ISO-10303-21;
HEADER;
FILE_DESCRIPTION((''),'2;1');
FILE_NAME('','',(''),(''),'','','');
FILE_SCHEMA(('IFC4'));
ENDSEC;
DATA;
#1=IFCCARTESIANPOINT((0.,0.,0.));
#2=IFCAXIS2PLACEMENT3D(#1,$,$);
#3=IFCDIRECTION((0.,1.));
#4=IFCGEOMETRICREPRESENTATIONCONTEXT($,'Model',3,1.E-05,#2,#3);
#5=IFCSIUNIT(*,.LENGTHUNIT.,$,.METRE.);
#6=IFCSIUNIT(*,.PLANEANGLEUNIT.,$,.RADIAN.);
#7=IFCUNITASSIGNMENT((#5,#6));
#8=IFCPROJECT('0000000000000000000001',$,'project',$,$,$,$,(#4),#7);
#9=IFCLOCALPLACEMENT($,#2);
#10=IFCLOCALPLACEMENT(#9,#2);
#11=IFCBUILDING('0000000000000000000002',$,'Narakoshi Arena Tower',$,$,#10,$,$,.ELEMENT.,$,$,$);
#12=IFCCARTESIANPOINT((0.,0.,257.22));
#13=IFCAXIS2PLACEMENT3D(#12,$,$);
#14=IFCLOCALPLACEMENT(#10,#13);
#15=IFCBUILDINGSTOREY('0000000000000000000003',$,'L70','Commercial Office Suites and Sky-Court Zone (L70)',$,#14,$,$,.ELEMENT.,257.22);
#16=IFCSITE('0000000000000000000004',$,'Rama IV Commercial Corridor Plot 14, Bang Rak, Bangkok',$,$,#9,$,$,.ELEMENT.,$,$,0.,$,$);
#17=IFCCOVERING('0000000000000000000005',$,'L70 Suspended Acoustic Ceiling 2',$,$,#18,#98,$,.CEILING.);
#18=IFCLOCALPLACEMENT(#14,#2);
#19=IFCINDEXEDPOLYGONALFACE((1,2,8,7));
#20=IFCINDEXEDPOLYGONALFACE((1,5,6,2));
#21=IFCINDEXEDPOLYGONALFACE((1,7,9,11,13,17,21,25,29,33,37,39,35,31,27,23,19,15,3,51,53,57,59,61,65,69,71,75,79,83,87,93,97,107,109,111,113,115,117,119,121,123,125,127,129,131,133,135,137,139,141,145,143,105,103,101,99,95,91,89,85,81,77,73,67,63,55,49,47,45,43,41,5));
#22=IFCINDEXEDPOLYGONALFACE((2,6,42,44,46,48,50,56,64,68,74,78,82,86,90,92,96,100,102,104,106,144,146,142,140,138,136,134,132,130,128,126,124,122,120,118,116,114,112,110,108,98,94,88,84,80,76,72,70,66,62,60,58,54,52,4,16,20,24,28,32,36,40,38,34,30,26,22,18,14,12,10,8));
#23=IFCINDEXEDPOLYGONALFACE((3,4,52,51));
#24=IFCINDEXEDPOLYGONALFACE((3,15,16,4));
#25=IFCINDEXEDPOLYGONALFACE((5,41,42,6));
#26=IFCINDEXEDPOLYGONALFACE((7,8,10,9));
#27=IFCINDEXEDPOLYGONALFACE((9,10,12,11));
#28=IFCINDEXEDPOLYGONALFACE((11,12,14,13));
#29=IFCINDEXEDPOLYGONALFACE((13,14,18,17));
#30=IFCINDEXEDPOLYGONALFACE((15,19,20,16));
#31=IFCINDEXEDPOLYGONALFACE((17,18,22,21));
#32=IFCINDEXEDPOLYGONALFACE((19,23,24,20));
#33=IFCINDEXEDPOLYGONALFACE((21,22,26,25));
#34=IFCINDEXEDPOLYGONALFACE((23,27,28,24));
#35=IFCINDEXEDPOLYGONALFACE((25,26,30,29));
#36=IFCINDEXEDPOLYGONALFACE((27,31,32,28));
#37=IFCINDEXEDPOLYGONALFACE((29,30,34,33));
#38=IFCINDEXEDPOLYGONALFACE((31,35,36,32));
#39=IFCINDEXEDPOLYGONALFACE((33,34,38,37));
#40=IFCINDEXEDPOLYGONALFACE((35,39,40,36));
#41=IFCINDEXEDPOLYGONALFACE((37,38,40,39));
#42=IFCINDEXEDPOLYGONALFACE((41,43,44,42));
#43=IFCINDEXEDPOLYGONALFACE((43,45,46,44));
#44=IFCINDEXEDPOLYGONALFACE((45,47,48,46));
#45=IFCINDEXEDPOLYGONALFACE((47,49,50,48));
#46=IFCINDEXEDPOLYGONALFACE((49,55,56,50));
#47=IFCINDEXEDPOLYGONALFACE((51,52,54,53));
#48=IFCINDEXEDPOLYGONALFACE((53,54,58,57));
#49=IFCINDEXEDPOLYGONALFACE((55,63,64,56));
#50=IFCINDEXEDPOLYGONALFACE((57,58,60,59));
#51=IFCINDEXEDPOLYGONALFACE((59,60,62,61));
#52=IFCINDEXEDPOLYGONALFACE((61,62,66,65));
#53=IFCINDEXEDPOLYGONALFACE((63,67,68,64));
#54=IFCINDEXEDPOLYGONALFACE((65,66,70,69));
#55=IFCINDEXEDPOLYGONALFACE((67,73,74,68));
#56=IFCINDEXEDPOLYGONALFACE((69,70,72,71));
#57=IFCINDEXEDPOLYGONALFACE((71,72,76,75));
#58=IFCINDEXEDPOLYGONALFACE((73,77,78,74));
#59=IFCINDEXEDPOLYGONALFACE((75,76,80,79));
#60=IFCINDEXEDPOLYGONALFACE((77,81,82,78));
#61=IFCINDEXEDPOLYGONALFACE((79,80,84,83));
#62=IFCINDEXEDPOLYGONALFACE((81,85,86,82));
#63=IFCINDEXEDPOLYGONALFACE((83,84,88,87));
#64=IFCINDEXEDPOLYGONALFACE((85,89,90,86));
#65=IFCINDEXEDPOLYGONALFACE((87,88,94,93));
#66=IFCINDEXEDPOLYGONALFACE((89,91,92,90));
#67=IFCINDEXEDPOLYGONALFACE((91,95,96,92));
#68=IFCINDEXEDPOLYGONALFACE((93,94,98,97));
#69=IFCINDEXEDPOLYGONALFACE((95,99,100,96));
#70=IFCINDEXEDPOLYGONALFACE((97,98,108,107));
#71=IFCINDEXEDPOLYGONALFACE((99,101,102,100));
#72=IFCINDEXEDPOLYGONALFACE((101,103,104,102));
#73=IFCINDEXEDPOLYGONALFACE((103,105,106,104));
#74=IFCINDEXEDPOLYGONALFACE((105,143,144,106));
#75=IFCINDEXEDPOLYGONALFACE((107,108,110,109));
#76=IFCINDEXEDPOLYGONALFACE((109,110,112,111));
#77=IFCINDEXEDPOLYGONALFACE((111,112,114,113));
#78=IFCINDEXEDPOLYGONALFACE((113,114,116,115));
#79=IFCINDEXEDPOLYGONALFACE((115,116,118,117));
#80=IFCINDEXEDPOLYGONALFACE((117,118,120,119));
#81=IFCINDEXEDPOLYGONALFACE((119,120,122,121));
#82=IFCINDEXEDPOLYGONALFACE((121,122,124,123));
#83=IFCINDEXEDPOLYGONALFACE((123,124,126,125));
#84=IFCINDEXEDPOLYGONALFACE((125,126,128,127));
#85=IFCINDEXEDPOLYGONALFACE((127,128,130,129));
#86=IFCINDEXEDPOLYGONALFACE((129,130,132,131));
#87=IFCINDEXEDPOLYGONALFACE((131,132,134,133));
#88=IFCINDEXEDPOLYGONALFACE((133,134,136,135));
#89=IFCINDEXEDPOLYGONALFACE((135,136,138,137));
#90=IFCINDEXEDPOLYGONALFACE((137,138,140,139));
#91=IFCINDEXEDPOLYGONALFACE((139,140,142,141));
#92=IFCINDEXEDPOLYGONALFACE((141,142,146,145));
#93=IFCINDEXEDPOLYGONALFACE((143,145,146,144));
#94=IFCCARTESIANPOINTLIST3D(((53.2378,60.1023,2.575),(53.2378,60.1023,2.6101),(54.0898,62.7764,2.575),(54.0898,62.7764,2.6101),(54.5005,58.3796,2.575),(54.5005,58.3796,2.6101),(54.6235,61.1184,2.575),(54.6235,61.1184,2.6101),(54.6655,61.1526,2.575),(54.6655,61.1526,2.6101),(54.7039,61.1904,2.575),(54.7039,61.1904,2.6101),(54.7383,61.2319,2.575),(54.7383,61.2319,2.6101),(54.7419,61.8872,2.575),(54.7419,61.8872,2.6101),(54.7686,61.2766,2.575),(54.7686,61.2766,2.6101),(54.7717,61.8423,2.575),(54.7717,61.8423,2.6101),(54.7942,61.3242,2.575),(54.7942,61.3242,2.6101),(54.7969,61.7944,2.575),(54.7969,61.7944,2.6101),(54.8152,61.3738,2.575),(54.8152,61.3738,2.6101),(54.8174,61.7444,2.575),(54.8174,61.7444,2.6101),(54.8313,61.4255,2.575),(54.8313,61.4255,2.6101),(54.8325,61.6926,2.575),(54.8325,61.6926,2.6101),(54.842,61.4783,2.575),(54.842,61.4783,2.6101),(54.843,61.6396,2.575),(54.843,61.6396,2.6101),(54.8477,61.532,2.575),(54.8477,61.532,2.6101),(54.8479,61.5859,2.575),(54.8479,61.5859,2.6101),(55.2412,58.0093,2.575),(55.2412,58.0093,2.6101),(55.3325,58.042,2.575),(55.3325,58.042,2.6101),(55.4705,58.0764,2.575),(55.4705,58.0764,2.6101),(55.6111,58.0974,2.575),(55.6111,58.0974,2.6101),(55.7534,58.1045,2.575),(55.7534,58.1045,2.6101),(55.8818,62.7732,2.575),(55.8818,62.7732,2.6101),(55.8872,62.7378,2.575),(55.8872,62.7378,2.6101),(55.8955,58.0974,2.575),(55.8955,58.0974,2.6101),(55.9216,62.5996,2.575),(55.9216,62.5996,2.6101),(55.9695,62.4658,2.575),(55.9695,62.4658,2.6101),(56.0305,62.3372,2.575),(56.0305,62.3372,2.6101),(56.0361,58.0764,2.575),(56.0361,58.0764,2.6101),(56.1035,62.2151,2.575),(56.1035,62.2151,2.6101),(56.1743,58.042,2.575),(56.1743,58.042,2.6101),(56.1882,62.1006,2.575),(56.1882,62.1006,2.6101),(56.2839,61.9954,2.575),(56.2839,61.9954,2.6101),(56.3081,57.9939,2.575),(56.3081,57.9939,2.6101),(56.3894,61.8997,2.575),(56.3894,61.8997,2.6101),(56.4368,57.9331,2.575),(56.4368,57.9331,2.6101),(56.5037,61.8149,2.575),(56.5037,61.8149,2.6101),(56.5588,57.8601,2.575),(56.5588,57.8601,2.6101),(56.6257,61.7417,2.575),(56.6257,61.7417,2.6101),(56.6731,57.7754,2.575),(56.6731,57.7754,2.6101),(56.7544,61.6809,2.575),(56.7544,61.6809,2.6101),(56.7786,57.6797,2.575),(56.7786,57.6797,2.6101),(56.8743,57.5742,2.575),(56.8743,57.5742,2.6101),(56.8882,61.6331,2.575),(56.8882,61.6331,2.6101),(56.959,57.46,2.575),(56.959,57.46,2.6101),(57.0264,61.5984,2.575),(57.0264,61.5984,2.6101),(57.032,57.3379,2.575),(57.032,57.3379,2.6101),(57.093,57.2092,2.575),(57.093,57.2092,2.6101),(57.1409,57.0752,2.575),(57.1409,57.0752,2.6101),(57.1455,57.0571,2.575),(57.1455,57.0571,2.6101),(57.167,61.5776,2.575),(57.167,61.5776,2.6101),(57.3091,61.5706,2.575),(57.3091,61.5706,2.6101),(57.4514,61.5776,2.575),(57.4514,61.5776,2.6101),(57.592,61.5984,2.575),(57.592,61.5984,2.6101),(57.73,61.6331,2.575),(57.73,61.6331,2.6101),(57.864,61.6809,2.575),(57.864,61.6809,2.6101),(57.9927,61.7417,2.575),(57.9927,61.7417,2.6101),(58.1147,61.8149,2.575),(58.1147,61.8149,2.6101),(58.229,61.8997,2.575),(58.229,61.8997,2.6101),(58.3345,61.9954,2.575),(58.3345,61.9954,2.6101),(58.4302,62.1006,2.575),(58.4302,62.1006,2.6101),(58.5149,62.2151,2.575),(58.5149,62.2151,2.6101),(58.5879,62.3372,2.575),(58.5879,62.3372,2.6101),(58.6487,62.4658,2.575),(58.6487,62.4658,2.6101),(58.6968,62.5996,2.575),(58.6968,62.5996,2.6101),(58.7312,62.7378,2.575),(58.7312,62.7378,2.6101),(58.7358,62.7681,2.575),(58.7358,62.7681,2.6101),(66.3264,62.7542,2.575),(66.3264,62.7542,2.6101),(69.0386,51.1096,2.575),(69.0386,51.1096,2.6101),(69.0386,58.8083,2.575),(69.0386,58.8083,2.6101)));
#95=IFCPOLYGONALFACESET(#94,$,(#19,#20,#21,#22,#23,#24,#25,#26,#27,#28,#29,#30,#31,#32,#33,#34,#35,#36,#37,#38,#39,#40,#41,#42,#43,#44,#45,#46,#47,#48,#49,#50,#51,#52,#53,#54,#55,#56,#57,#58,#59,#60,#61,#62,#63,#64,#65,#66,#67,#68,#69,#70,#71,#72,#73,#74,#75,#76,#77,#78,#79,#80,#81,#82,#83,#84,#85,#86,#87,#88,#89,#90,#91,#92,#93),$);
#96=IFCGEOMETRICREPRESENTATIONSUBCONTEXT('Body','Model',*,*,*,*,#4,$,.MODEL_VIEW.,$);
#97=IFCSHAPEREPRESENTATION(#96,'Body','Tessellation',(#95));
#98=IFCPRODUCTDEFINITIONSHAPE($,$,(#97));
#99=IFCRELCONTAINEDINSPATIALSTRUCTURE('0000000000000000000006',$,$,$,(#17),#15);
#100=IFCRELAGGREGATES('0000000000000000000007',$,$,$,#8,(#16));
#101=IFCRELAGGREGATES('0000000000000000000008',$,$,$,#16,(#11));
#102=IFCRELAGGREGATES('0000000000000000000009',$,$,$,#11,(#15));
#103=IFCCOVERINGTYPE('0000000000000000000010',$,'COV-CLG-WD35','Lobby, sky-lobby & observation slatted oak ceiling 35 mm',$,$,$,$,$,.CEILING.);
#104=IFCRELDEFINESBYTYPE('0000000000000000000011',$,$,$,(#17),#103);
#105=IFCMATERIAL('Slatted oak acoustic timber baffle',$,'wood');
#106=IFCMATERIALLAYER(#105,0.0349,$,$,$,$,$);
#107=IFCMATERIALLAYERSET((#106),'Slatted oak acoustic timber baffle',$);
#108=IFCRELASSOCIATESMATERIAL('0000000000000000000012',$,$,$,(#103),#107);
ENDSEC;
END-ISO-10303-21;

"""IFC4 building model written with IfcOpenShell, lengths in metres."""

from ifc_helpers import new_model, si_unit, direction, frame, origin, place, context, subcontext, project, spatial, polyline, outline, extrude, material, layer, layer_set, type_object, element, save


model = new_model("IFC4")

# Units and contexts
model_context = context("Model", 3, precision=1e-05, world=origin(), true_north=direction((0.0, 1.0)))
body_context = subcontext(model_context, "Body", "Model", "MODEL_VIEW")
ifc_project = project(units=[si_unit("LENGTHUNIT", "METRE"), si_unit("PLANEANGLEUNIT", "RADIAN")], contexts=[model_context])

# Site, building, storey
site_placement = place(None, origin())
site = spatial("IfcSite", under=ifc_project, at=site_placement, Name="Rama IV Commercial Corridor Plot 14, Bang Rak, Bangkok", CompositionType="ELEMENT", RefElevation=0.0)
building_placement = place(site_placement, origin())
building = spatial("IfcBuilding", under=site, at=building_placement, Name="Narakoshi Arena Tower", CompositionType="ELEMENT")
storey_placement = place(building_placement, frame((0.0, 0.0, 257.22)))
storey = spatial("IfcBuildingStorey", under=building, at=storey_placement, Name="L70", Description="Commercial Office Suites and Sky-Court Zone (L70)", CompositionType="ELEMENT", Elevation=257.22)

# Covering
ifc_material_1 = material(Name="Slatted oak acoustic timber baffle", Category="wood")
ifc_layer_1 = layer(ifc_material_1, 0.0349)
ifc_layer_set_1 = layer_set([ifc_layer_1], Name="Slatted oak acoustic timber baffle")
covering_type_1 = type_object("IfcCoveringType", Name="COV-CLG-WD35", Description="Lobby, sky-lobby & observation slatted oak ceiling 35 mm", PredefinedType="CEILING", material=ifc_layer_set_1)
covering_1_placement = place(storey_placement, frame((0.0, 0.0, 2.575)))
element("IfcCovering", 1, at=covering_1_placement, inside=storey, type_object=covering_type_1, Name="L70 Suspended Acoustic Ceiling 2", PredefinedType="CEILING", context=body_context, shape_type="SweptSolid", body=[
    extrude(outline(polyline([(55.8818, 62.7732), (55.8872, 62.7378), (55.9216, 62.5996), (55.9695, 62.4658), (56.0305, 62.3372), (56.1035, 62.2151), (56.1882, 62.1006), (56.2839, 61.9954), (56.3894, 61.8997), (56.5037, 61.8149), (56.6257, 61.7417), (56.7544, 61.6809), (56.8882, 61.6331), (57.0264, 61.5984), (57.167, 61.5776), (57.3091, 61.5706), (57.4514, 61.5776), (57.592, 61.5984), (57.73, 61.6331), (57.864, 61.6809), (57.9927, 61.7417), (58.1147, 61.8149), (58.229, 61.8997), (58.3345, 61.9954), (58.4302, 62.1006), (58.5149, 62.2151), (58.5879, 62.3372), (58.6487, 62.4658), (58.6968, 62.5996), (58.7312, 62.7378), (58.7358, 62.7681), (66.3264, 62.7542), (69.0386, 58.8083), (69.0386, 51.1096), (57.1455, 57.0571), (57.1409, 57.0752), (57.093, 57.2092), (57.032, 57.3379), (56.959, 57.46), (56.8743, 57.5742), (56.7786, 57.6797), (56.6731, 57.7754), (56.5588, 57.8601), (56.4368, 57.9331), (56.3081, 57.9939), (56.1743, 58.042), (56.0361, 58.0764), (55.8955, 58.0974), (55.7534, 58.1045), (55.6111, 58.0974), (55.4705, 58.0764), (55.3325, 58.042), (55.2412, 58.0093), (54.5005, 58.3796), (53.2378, 60.1023), (54.6235, 61.1184), (54.6655, 61.1526), (54.7039, 61.1904), (54.7383, 61.2319), (54.7686, 61.2766), (54.7942, 61.3242), (54.8152, 61.3738), (54.8313, 61.4255), (54.842, 61.4783), (54.8477, 61.532), (54.8479, 61.5859), (54.843, 61.6396), (54.8325, 61.6926), (54.8174, 61.7444), (54.7969, 61.7944), (54.7717, 61.8423), (54.7419, 61.8872), (54.0898, 62.7764), (55.8818, 62.7732)])), origin(), (0.0, 0.0, 1.0), 0.0352),
])

save(model, "model.ifc")
